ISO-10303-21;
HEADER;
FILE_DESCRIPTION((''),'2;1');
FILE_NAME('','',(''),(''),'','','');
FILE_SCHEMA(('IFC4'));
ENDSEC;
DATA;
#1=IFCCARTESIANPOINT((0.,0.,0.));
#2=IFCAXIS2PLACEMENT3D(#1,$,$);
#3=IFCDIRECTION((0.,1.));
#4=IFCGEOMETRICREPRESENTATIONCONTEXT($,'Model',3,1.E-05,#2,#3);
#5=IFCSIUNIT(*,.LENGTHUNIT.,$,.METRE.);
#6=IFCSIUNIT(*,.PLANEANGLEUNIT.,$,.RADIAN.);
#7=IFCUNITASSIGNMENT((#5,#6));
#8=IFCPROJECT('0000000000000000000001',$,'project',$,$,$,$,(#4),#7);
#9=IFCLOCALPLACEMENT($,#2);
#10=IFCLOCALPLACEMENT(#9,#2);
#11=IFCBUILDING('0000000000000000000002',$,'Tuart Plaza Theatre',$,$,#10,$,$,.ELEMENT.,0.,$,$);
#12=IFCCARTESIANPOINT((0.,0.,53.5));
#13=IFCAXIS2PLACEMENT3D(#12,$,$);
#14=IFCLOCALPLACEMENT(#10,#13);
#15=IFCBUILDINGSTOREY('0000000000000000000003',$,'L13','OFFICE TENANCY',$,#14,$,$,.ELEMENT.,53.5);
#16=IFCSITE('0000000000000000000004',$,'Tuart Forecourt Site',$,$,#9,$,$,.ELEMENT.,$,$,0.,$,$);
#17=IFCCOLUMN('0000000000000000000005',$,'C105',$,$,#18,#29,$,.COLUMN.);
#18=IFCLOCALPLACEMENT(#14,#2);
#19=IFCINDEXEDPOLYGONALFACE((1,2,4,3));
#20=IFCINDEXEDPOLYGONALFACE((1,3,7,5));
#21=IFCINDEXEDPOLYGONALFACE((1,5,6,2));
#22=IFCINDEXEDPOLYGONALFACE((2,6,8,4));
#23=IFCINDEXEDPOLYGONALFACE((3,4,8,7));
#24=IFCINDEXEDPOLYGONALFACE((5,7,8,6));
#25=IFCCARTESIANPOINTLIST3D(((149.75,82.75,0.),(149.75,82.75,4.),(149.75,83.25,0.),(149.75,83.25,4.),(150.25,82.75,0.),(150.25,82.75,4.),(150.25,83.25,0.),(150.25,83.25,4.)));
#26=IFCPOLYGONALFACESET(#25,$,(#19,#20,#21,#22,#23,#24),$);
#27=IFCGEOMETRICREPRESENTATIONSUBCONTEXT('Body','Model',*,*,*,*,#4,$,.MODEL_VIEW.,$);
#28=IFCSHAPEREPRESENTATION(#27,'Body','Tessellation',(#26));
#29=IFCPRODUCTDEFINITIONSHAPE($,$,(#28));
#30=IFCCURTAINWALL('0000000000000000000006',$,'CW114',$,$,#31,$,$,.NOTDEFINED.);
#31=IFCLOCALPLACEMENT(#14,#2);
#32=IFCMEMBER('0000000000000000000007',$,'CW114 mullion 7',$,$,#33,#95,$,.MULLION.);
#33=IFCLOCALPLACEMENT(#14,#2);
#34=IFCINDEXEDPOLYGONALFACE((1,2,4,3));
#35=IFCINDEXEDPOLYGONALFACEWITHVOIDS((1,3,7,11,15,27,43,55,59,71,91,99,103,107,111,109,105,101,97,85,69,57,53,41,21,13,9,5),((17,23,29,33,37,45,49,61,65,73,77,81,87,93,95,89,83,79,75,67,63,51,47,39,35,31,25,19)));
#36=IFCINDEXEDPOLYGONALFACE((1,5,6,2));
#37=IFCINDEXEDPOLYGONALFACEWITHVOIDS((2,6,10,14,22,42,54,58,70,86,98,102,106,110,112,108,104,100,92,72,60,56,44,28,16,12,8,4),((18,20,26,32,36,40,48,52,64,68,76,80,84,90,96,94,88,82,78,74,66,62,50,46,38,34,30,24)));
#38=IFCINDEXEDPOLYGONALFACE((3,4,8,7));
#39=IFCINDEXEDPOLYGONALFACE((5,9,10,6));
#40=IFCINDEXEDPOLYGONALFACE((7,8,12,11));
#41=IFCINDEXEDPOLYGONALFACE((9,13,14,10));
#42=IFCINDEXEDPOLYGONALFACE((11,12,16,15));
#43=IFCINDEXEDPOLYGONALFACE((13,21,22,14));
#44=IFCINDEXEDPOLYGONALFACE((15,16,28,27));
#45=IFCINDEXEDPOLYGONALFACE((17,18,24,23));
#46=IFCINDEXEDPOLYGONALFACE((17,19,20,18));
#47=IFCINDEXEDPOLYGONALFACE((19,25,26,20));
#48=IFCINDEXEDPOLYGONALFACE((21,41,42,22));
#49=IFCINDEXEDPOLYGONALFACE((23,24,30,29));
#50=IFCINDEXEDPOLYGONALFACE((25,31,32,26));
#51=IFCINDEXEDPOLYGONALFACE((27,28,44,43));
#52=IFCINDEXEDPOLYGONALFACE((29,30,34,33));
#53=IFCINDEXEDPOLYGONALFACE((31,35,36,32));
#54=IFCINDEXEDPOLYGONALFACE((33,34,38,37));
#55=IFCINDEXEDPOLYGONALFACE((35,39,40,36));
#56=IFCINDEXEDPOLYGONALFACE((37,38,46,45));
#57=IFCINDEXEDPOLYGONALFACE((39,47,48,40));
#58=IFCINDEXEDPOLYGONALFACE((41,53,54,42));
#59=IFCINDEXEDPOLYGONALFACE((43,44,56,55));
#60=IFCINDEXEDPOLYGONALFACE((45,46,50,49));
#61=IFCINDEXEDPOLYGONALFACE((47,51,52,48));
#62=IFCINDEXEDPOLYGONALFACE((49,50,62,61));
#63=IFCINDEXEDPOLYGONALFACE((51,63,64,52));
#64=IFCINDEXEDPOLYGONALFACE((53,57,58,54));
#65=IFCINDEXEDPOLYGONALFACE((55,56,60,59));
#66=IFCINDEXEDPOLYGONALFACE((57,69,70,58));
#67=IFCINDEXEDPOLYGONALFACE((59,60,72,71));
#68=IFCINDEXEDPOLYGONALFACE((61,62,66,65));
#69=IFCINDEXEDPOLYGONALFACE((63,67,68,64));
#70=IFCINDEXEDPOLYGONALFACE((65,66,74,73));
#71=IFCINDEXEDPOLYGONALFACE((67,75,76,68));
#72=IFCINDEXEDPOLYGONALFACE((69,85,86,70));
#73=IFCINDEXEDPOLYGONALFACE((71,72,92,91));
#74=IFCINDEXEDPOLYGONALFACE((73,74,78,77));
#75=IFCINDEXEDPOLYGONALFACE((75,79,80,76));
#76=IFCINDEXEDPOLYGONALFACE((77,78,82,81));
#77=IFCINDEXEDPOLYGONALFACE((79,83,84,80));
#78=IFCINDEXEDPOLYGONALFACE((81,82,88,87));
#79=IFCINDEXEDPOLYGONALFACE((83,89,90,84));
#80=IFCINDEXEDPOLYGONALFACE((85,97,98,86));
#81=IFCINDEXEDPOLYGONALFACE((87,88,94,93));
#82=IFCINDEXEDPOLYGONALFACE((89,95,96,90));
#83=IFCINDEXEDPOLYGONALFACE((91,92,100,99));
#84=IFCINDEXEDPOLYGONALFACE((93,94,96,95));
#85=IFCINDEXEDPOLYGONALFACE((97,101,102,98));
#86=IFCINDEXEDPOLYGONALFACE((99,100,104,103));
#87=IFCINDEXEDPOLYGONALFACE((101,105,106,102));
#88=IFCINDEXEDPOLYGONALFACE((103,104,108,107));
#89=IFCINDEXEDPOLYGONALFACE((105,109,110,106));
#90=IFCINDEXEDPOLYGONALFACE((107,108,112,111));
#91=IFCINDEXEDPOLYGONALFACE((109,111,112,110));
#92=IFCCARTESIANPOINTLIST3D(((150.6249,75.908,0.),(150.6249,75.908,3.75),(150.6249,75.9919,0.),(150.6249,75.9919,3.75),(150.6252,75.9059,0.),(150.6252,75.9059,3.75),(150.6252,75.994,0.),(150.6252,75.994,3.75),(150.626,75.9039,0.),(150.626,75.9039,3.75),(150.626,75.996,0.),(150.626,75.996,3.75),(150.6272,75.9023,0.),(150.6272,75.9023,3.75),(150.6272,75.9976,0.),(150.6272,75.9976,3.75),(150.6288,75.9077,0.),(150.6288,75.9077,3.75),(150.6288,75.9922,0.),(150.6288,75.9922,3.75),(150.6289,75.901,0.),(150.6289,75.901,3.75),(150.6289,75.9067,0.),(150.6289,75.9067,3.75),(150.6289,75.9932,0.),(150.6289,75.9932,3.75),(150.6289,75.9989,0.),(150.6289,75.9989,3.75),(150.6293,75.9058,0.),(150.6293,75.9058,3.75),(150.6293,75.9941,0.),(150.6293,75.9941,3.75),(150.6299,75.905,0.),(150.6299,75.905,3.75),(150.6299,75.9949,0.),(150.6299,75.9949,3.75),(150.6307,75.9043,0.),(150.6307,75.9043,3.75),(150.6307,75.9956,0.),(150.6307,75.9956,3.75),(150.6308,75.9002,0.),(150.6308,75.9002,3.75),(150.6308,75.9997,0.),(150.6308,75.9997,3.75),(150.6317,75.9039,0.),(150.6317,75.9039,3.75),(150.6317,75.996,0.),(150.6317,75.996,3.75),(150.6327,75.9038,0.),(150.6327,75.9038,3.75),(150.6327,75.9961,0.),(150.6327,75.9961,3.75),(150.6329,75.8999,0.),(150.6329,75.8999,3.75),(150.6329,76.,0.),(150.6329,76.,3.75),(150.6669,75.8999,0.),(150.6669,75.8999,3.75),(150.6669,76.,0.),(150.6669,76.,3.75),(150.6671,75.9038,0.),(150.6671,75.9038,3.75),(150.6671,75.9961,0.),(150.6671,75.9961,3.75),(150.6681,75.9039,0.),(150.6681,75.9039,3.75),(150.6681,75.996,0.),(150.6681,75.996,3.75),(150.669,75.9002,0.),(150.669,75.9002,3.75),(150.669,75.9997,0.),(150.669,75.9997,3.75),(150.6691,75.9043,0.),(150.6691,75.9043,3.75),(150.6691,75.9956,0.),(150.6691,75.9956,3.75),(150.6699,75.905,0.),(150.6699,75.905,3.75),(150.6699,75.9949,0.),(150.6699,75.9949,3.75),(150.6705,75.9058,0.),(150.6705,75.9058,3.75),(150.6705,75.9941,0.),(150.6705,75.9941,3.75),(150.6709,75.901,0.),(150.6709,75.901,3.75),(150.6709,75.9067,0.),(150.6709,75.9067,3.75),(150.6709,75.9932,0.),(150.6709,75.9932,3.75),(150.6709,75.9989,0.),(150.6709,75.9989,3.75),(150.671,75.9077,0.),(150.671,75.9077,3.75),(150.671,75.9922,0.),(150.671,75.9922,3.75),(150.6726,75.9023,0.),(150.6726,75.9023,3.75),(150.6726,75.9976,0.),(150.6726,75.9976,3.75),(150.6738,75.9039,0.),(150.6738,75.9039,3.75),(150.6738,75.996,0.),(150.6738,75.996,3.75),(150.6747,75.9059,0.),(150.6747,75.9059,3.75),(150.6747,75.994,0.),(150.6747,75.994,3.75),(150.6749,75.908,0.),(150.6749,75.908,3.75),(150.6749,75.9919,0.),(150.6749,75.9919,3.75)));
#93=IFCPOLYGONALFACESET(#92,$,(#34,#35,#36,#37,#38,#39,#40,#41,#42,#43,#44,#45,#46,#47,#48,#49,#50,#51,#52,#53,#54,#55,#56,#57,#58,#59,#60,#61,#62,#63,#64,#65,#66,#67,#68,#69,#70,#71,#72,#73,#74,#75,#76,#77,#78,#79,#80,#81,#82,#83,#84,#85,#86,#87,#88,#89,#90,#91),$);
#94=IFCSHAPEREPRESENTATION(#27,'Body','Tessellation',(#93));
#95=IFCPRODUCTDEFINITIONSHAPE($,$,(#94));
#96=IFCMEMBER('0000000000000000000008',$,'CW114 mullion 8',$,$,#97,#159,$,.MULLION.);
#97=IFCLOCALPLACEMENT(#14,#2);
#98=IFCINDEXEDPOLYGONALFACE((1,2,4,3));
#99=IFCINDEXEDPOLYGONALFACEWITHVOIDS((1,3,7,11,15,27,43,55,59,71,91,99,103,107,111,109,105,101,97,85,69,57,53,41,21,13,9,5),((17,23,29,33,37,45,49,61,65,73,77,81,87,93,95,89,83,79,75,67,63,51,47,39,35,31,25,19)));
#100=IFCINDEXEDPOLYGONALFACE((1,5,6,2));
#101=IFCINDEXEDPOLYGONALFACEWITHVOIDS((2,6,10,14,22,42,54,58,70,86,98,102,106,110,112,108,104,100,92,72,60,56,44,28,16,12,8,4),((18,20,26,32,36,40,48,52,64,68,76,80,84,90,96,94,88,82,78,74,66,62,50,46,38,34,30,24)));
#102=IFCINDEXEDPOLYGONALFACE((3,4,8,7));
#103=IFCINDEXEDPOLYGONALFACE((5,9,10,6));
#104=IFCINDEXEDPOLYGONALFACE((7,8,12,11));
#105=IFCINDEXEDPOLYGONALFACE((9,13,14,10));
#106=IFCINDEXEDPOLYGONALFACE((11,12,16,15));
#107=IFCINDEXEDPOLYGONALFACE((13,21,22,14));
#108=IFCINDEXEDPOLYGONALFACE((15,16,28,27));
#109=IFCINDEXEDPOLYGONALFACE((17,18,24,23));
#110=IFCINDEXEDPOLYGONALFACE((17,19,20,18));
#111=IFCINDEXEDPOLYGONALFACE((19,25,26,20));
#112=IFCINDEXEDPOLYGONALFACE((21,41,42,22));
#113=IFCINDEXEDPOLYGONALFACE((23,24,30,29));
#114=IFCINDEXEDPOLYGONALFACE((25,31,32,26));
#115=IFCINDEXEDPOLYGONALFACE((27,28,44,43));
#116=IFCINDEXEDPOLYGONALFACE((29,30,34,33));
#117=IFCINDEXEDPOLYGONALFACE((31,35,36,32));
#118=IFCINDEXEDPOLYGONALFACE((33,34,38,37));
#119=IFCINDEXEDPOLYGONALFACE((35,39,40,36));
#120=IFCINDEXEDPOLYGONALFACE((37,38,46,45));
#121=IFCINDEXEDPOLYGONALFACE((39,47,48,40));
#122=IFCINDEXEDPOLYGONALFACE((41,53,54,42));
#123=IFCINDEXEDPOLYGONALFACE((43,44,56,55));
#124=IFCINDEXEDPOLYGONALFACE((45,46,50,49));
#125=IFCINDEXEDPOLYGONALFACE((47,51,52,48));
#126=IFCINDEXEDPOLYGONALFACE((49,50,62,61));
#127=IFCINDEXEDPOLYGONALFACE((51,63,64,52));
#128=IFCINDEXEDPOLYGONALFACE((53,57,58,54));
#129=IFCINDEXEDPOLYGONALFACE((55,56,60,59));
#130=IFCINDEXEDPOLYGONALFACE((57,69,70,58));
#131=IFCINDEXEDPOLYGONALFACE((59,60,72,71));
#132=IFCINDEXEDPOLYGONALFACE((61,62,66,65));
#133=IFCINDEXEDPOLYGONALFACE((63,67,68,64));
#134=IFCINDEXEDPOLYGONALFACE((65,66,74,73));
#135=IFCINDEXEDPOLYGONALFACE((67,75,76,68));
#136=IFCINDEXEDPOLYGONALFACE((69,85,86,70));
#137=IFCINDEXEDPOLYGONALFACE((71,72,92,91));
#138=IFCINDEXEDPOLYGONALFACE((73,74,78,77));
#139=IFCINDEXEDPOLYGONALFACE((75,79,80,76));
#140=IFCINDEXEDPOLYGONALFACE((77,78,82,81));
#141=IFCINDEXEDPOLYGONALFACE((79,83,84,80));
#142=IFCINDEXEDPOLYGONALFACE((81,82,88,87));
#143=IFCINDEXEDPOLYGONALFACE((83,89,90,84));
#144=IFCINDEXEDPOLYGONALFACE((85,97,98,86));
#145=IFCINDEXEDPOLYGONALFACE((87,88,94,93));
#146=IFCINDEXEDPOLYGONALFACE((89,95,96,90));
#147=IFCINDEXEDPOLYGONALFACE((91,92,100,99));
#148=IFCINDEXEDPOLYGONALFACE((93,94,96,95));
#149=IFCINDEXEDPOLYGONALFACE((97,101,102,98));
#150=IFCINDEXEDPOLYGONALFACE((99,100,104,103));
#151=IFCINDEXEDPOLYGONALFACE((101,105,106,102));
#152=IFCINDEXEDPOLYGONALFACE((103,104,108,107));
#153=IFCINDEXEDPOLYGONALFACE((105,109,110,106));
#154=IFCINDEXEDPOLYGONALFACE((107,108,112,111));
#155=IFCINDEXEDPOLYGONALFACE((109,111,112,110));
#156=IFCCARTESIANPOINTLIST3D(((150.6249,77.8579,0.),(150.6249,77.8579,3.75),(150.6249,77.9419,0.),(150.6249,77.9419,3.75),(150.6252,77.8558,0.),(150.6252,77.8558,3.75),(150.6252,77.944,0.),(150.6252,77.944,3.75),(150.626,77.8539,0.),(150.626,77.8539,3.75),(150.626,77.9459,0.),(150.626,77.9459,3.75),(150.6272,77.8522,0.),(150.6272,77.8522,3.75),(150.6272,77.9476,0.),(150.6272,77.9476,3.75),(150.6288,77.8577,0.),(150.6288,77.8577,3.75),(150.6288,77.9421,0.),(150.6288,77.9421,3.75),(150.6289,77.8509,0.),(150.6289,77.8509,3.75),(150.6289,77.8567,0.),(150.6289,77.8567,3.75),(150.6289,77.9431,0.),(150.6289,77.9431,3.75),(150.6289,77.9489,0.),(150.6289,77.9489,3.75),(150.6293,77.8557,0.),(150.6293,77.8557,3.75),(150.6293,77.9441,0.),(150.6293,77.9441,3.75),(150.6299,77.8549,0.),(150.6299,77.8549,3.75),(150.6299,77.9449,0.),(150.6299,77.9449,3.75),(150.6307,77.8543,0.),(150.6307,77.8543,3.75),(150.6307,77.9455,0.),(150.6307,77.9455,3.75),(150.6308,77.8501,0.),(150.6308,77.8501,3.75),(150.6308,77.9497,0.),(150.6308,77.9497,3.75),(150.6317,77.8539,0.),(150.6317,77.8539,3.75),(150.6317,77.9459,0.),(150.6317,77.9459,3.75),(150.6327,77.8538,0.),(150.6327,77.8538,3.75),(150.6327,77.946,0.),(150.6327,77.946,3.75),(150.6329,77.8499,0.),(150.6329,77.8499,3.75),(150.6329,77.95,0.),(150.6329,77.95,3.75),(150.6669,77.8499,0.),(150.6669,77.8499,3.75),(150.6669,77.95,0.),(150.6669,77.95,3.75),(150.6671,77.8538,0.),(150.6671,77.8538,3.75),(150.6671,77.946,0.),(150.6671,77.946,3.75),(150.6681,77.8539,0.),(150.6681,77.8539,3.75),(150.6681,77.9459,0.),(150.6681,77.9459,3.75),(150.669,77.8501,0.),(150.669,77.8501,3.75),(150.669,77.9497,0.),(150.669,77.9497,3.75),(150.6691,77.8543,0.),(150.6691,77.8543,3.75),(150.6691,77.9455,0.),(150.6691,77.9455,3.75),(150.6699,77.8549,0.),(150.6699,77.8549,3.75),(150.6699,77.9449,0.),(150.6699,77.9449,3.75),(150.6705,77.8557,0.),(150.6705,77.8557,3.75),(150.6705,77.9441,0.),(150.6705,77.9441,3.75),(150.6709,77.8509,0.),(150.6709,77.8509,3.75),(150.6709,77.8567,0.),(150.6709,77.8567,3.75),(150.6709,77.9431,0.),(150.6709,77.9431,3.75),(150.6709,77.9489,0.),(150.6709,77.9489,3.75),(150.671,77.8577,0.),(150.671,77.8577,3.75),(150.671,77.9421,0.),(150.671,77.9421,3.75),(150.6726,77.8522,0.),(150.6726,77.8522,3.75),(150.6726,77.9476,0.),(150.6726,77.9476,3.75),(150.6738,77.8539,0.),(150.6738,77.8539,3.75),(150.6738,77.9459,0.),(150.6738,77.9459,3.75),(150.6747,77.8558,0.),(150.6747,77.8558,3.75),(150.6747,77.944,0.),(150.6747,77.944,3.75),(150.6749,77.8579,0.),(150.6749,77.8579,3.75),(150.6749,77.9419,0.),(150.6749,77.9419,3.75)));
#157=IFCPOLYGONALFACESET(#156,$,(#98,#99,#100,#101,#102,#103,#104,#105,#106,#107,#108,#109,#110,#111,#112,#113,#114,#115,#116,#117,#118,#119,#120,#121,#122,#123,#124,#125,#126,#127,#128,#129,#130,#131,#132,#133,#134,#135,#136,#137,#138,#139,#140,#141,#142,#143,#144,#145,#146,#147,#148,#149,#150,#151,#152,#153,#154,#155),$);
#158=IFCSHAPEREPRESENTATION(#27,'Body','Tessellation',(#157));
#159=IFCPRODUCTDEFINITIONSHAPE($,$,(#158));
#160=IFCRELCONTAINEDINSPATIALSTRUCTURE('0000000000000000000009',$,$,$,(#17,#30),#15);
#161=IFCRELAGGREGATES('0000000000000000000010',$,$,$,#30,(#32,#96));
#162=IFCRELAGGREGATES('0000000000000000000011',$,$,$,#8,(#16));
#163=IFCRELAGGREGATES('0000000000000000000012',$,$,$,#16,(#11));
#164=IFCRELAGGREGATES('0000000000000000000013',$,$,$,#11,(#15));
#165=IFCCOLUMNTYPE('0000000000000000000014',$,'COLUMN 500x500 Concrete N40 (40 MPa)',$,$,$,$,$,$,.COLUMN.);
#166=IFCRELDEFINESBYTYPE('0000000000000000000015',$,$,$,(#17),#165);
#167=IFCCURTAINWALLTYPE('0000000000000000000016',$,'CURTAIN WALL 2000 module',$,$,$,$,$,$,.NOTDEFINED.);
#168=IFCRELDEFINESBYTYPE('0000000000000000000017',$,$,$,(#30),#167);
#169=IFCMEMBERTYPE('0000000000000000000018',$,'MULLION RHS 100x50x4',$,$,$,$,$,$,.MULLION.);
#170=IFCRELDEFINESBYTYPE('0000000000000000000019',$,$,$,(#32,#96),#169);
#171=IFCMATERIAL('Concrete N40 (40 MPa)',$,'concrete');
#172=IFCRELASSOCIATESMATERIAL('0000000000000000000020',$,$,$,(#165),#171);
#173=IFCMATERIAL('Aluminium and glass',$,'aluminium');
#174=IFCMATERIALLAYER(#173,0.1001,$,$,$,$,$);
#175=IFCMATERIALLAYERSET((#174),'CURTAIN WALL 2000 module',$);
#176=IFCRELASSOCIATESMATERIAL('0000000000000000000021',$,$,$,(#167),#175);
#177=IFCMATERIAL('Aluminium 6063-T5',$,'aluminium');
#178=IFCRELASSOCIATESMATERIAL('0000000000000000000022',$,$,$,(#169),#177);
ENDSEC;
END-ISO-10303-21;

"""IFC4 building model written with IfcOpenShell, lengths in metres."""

from ifc_helpers import new_model, si_unit, direction, frame, origin, origin_2d, place, context, subcontext, project, spatial, rectangle, hollow_rectangle, extrude, material, layer, layer_set, material_profile, profile_set, type_object, element, aggregate, save


model = new_model("IFC4")

# Units and contexts
model_context = context("Model", 3, precision=1e-05, world=origin(), true_north=direction((0.0, 1.0)))
body_context = subcontext(model_context, "Body", "Model", "MODEL_VIEW")
ifc_project = project(units=[si_unit("LENGTHUNIT", "METRE"), si_unit("PLANEANGLEUNIT", "RADIAN")], contexts=[model_context])

# Site, building, storey
site_placement = place(None, origin())
site = spatial("IfcSite", under=ifc_project, at=site_placement, Name="Tuart Forecourt Site", CompositionType="ELEMENT", RefElevation=0.0)
building_placement = place(site_placement, origin())
building = spatial("IfcBuilding", under=site, at=building_placement, Name="Tuart Plaza Theatre", CompositionType="ELEMENT", ElevationOfRefHeight=0.0)
storey_placement = place(building_placement, frame((0.0, 0.0, 53.5)))
storey = spatial("IfcBuildingStorey", under=building, at=storey_placement, Name="L13", Description="OFFICE TENANCY", CompositionType="ELEMENT", Elevation=53.5)

# Column
ifc_material_1 = material(Name="Concrete N40 (40 MPa)", Category="concrete")
ifc_material_profile_1 = material_profile(ifc_material_1, rectangle(XDim=0.5, YDim=0.5, at=origin_2d()), Name="COLUMN 500x500 Concrete N40 (40 MPa)")
ifc_profile_set_1 = profile_set([ifc_material_profile_1], Name="Concrete N40 (40 MPa)")
column_type = type_object("IfcColumnType", Name="COLUMN 500x500 Concrete N40 (40 MPa)", PredefinedType="COLUMN", material=ifc_profile_set_1)
column_placement = place(storey_placement, frame((150.0, 83.0, 0.0), z_axis=(0.0, 0.0, 1.0), x_axis=(1.0, 0.0, 0.0)))
element("IfcColumn", 1, at=column_placement, inside=storey, type_object=column_type, Name="C105", PredefinedType="COLUMN", context=body_context, shape_type="SweptSolid", body=[
    extrude(rectangle(XDim=0.5, YDim=0.5, at=origin_2d()), origin(), (0.0, 0.0, 1.0), 4.0),
])

# Curtain wall, members
ifc_material_2 = material(Name="Aluminium and glass", Category="aluminium")
ifc_layer_1 = layer(ifc_material_2, 0.1001)
ifc_layer_set_1 = layer_set([ifc_layer_1], Name="CURTAIN WALL 2000 module")
curtain_wall_type = type_object("IfcCurtainWallType", Name="CURTAIN WALL 2000 module", PredefinedType="NOTDEFINED", material=ifc_layer_set_1)
curtain_wall_1_placement = place(storey_placement, origin())
curtain_wall_1 = element("IfcCurtainWall", 2, at=curtain_wall_1_placement, inside=storey, type_object=curtain_wall_type, Name="CW114", PredefinedType="NOTDEFINED")
ifc_material_3 = material(Name="Aluminium 6063-T5", Category="aluminium")
ifc_material_profile_2 = material_profile(ifc_material_3, hollow_rectangle(XDim=0.05, YDim=0.1001, WallThickness=0.0039, InnerFilletRadius=0.0039, OuterFilletRadius=0.0081, at=origin_2d()), Name="RHS 100x50x4")
ifc_profile_set_2 = profile_set([ifc_material_profile_2], Name="Aluminium 6063-T5")
member_type_1 = type_object("IfcMemberType", Name="MULLION RHS 100x50x4", PredefinedType="MULLION", material=ifc_profile_set_2)
member_1_placement = place(storey_placement, frame((150.6499, 75.95, 0.0), z_axis=(0.0, 0.0, 1.0), x_axis=(-1.0, 0.0, 0.0)))
member_1 = element("IfcMember", 3, at=member_1_placement, type_object=member_type_1, Name="CW114 mullion 7", PredefinedType="MULLION", context=body_context, shape_type="SweptSolid", body=[
    extrude(hollow_rectangle(XDim=0.05, YDim=0.1001, WallThickness=0.0039, InnerFilletRadius=0.0039, OuterFilletRadius=0.0081, at=origin_2d()), origin(), (0.0, 0.0, 1.0), 3.75),
])
member_2_placement = place(storey_placement, frame((150.6499, 77.8999, 0.0), z_axis=(0.0, 0.0, 1.0), x_axis=(-1.0, 0.0, 0.0)))
member_2 = element("IfcMember", 4, at=member_2_placement, type_object=member_type_1, Name="CW114 mullion 8", PredefinedType="MULLION", context=body_context, shape_type="SweptSolid", body=[
    extrude(hollow_rectangle(XDim=0.05, YDim=0.1001, WallThickness=0.0039, InnerFilletRadius=0.0039, OuterFilletRadius=0.0081, at=origin_2d()), origin(), (0.0, 0.0, 1.0), 3.75),
])

aggregate(curtain_wall_1, [member_1, member_2])

save(model, "model.ifc")
